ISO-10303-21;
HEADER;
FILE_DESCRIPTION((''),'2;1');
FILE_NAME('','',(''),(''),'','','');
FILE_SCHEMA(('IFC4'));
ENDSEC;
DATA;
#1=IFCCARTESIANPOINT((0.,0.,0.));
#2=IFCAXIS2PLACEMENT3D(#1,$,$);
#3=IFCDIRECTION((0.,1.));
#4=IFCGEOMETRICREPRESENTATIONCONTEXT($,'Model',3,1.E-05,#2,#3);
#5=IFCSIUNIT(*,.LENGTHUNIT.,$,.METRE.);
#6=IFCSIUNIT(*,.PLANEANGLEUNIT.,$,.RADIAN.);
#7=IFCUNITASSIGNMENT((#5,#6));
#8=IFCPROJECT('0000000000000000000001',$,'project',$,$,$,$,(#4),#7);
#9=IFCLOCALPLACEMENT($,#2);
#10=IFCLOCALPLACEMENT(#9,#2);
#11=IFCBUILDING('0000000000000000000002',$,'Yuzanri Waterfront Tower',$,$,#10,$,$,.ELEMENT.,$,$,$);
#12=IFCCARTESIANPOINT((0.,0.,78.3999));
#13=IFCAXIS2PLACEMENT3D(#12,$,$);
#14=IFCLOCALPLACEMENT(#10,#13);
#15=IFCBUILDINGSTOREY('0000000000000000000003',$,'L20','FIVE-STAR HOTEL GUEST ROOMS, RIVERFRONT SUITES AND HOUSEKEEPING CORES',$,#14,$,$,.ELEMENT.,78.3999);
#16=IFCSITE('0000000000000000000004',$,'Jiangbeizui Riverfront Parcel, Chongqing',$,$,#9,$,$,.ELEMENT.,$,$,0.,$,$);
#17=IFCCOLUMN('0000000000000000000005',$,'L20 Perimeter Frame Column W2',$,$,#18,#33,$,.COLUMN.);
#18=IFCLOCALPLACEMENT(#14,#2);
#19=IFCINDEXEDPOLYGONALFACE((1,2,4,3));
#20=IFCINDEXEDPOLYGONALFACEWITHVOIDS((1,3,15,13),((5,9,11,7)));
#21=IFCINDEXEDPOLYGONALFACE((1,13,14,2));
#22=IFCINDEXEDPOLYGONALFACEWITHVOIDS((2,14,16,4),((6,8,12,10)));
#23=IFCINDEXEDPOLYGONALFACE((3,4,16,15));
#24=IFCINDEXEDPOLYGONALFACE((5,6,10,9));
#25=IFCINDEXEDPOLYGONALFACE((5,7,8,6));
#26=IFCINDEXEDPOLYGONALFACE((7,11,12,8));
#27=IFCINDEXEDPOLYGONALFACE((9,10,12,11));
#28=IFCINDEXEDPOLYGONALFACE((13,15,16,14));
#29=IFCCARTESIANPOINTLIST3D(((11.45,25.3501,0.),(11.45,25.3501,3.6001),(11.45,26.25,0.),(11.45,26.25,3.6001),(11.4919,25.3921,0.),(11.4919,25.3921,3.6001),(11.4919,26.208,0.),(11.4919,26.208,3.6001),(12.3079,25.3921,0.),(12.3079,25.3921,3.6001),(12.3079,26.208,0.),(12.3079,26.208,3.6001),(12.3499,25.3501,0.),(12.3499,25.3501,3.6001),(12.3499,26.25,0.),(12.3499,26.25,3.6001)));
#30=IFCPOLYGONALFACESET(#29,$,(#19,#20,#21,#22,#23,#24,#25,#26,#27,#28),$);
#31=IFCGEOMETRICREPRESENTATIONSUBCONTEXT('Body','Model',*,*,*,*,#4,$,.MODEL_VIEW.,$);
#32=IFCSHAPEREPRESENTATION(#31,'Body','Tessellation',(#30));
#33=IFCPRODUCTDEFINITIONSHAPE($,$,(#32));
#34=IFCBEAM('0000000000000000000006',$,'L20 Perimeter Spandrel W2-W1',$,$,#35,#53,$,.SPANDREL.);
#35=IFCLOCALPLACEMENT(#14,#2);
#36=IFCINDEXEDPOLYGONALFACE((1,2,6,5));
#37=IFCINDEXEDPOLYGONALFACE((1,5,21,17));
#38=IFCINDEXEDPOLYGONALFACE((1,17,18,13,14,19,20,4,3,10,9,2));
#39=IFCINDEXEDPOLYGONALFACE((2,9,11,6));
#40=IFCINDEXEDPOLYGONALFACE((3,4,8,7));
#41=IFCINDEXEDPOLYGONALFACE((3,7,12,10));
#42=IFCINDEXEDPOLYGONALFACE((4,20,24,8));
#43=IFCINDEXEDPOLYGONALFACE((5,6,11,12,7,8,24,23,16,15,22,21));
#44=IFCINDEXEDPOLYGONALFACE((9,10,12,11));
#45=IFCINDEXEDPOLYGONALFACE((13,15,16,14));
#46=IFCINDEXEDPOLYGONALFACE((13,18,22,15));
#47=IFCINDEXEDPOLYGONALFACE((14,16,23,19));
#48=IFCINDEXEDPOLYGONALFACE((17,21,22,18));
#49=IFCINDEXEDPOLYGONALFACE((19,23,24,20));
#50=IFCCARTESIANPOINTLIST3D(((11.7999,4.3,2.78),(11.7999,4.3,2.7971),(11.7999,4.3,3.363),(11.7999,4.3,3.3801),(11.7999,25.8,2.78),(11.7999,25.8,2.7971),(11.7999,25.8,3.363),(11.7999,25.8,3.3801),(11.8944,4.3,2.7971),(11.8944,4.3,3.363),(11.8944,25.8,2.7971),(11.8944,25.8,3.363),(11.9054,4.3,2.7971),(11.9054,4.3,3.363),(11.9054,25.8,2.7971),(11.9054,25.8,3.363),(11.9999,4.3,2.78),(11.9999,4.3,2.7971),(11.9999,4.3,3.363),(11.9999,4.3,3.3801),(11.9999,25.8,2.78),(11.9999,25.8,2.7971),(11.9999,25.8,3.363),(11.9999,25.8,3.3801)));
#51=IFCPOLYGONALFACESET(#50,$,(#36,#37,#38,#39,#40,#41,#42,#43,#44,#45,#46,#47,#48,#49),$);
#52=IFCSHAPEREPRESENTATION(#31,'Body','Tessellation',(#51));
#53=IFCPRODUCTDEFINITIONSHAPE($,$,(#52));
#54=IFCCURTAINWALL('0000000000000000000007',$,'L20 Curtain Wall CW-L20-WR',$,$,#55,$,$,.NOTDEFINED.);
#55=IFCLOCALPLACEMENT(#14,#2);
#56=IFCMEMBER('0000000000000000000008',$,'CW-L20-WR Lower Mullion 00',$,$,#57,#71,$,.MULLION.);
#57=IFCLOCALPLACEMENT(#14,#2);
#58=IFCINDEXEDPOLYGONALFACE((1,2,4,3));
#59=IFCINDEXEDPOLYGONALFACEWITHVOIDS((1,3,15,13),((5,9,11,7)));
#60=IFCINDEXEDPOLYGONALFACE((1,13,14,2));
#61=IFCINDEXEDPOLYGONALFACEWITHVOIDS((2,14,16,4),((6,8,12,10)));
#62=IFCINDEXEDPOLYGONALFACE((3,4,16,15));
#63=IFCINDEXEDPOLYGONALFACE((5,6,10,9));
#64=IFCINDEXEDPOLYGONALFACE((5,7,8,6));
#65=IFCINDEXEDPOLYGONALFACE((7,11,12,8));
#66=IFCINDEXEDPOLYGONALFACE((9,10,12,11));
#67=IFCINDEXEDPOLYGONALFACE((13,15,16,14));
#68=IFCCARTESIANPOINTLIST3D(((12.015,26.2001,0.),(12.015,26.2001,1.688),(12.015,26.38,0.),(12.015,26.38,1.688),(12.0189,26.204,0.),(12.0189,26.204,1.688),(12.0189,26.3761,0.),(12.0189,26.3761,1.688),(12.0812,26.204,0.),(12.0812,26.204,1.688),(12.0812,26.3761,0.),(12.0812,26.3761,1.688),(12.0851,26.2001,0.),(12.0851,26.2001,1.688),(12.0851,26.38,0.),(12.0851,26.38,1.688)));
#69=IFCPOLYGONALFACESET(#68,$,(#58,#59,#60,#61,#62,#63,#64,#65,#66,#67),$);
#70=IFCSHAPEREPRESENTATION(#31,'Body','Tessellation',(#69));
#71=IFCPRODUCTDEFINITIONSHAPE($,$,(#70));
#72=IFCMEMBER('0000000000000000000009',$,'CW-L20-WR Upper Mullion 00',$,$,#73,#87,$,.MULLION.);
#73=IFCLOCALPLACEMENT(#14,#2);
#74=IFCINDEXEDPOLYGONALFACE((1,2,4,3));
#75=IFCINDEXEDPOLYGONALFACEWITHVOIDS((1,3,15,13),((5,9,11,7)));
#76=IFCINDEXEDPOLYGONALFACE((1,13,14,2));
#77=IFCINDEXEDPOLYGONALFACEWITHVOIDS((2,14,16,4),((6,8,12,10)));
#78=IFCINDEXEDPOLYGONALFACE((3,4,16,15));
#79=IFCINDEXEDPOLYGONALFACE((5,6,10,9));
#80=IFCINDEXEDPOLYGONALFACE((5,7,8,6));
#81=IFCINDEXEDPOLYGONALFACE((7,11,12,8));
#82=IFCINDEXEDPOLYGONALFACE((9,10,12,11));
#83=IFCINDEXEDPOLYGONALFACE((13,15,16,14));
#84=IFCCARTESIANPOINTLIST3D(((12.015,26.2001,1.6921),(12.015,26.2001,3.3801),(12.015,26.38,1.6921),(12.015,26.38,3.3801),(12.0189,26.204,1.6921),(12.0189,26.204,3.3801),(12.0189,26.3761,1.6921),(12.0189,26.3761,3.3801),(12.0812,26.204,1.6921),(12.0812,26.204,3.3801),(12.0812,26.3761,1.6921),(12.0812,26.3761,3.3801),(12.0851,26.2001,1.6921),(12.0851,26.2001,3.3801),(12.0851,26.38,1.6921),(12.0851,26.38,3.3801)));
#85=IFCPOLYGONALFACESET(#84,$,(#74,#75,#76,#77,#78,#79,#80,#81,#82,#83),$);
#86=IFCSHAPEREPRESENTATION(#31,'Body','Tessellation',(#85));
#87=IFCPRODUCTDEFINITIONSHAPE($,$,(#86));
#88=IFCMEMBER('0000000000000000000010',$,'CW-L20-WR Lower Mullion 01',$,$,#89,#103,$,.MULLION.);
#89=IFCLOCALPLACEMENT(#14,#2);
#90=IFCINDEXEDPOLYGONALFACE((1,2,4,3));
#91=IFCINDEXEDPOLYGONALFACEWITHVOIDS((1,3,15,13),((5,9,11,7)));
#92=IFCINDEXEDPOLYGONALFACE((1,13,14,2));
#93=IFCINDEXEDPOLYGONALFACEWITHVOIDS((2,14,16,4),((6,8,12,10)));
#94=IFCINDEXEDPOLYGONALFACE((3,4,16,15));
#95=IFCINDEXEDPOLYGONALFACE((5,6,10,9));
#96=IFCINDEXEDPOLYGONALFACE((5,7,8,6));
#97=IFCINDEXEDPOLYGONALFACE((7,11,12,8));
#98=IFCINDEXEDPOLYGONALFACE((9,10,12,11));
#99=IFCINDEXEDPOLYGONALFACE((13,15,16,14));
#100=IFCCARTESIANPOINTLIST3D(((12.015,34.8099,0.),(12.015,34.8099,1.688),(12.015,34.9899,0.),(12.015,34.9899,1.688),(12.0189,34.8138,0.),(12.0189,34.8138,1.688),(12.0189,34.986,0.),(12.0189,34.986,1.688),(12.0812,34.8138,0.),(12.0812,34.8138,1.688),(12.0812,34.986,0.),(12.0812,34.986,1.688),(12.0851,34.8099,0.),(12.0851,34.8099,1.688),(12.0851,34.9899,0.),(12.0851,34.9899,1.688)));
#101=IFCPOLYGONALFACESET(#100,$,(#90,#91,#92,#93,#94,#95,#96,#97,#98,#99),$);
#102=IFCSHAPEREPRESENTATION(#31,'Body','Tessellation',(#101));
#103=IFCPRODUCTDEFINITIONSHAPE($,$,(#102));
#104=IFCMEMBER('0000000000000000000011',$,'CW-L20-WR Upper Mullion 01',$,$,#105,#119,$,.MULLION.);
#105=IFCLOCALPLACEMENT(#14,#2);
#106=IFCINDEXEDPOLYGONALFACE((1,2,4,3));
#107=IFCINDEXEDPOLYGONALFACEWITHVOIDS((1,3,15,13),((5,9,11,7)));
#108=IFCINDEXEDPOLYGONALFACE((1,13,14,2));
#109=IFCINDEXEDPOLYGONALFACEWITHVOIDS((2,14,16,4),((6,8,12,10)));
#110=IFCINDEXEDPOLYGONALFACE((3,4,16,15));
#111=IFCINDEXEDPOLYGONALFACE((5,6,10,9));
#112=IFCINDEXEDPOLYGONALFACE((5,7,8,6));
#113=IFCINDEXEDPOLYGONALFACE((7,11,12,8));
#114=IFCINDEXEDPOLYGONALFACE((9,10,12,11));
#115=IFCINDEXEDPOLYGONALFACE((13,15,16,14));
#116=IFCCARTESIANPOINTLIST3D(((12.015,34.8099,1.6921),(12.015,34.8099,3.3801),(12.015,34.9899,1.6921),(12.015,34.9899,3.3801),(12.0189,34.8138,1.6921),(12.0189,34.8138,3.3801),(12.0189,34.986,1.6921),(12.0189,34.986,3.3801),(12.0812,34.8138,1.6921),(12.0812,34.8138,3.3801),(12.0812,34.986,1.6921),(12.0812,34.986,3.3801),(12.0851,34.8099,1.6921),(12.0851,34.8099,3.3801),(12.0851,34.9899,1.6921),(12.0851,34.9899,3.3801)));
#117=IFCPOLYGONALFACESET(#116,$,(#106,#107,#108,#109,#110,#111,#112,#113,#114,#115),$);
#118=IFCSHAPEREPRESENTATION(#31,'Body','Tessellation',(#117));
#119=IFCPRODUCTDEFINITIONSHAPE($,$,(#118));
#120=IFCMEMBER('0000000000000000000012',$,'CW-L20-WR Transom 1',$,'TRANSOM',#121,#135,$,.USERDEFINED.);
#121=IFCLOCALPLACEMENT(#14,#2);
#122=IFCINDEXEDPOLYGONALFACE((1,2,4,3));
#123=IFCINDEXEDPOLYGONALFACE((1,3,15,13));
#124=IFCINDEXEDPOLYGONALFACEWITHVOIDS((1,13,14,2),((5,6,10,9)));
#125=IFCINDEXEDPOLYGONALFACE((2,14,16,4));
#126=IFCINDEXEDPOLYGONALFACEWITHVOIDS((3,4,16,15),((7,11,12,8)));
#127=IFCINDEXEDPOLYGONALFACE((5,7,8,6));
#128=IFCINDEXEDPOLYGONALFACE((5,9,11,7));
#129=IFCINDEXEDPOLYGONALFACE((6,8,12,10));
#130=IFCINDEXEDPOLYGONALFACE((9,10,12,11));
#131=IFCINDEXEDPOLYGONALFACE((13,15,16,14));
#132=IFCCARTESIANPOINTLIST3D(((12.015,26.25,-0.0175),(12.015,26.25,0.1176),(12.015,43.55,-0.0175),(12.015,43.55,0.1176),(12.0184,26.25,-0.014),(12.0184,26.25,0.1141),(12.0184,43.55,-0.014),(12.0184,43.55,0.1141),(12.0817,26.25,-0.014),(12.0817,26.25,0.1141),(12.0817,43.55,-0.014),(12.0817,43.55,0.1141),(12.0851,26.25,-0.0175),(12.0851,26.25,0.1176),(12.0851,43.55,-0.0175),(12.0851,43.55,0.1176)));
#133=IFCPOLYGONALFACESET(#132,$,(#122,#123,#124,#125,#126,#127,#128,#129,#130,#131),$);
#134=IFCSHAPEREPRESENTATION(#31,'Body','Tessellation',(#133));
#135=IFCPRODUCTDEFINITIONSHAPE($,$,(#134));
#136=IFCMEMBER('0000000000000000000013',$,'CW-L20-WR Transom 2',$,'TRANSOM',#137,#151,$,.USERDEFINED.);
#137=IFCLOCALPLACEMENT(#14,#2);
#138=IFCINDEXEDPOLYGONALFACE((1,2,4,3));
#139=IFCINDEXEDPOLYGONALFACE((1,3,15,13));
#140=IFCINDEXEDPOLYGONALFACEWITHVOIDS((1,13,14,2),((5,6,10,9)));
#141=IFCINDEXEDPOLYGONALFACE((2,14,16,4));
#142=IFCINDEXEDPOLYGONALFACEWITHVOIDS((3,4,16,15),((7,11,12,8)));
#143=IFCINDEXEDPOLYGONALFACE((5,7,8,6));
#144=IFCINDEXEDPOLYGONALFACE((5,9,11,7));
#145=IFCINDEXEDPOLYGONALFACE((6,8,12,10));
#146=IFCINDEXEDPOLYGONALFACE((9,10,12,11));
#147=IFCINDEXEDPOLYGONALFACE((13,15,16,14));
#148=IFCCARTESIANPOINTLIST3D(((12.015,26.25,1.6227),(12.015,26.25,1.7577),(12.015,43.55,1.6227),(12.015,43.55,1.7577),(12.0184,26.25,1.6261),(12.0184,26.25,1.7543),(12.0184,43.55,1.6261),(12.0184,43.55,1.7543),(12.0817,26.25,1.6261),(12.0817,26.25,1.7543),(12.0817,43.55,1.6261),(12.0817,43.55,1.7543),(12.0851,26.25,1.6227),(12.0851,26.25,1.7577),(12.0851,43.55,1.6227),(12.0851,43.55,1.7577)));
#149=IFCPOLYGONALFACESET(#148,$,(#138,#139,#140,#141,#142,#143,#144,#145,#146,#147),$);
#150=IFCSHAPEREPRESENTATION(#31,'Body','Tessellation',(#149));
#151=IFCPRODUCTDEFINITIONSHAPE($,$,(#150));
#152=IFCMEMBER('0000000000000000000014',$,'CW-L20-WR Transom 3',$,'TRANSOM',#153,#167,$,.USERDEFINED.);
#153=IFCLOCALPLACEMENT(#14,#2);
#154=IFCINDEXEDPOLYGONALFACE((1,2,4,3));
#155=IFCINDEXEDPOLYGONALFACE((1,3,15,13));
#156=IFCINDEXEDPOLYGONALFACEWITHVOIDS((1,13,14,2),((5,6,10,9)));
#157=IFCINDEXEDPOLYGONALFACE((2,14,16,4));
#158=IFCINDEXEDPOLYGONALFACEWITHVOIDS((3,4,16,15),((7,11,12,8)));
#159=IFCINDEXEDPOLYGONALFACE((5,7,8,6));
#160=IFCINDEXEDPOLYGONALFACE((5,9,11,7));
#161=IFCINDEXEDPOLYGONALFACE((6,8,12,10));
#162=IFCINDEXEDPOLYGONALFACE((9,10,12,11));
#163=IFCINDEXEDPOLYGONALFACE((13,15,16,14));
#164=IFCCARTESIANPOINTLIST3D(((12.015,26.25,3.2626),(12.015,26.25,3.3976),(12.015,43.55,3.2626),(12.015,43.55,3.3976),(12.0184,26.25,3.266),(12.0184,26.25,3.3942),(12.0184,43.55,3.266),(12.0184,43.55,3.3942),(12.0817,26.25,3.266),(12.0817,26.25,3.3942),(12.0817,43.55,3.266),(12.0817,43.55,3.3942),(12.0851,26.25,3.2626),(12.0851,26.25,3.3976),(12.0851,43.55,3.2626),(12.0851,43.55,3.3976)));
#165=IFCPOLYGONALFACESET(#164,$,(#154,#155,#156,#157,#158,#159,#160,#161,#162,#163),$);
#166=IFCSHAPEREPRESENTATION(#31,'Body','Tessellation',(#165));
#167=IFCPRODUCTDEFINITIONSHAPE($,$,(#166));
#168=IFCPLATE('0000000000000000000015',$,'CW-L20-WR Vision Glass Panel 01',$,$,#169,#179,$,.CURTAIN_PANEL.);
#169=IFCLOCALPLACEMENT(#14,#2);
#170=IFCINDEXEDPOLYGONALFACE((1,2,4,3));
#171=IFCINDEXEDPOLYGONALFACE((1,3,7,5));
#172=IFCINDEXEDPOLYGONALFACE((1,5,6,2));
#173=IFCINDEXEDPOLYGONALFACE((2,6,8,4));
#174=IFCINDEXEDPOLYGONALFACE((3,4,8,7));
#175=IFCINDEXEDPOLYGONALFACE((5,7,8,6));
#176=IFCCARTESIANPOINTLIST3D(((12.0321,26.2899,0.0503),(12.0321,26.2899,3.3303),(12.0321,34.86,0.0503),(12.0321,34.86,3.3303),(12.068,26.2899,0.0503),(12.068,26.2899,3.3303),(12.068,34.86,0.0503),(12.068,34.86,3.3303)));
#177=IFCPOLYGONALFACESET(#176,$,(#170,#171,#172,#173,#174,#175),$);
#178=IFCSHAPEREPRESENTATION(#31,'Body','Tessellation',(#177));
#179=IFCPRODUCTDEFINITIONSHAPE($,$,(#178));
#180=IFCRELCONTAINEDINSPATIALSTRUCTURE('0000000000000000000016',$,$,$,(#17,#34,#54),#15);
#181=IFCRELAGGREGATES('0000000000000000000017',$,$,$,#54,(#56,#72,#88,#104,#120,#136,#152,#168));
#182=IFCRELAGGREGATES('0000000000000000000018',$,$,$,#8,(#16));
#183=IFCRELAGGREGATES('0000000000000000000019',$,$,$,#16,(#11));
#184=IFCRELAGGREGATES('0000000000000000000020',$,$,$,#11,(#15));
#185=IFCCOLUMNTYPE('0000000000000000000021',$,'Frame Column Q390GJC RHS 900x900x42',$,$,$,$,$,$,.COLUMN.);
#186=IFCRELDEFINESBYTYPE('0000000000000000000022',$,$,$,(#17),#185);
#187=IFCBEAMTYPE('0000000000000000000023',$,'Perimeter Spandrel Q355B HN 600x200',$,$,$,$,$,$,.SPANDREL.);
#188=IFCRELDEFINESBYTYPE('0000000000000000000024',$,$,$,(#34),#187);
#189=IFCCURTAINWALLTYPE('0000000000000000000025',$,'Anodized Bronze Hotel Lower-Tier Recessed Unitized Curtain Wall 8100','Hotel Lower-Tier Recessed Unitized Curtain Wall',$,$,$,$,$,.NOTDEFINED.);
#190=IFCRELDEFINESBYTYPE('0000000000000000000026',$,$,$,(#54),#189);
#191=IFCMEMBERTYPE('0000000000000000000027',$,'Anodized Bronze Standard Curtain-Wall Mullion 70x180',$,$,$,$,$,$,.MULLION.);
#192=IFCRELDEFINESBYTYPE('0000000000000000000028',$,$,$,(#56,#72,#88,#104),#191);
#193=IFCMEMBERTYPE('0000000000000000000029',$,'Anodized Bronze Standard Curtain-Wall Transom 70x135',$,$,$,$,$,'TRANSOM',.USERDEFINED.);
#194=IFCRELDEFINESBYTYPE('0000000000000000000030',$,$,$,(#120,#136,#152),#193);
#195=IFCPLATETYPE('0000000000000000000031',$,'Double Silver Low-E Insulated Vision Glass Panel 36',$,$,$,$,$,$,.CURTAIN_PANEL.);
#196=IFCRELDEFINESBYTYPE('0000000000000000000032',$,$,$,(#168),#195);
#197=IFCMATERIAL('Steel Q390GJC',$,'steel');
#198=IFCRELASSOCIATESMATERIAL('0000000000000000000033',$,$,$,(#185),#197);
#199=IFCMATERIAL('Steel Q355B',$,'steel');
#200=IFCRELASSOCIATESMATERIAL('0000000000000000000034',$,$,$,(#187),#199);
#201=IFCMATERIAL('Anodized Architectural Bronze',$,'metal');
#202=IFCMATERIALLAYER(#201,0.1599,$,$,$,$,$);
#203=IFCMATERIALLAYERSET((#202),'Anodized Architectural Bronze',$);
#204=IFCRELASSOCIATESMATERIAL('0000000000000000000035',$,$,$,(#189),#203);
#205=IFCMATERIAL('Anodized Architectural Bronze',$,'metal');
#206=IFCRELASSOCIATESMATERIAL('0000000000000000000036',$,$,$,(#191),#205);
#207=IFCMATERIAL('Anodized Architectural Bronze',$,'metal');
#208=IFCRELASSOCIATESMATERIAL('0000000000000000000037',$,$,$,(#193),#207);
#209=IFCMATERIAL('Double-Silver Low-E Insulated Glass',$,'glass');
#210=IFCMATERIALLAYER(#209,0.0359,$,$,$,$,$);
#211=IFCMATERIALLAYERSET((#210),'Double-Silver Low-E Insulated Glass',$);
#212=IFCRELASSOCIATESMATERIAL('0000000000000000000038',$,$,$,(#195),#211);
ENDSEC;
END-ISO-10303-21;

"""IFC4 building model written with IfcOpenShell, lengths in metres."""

from ifc_helpers import new_model, si_unit, direction, frame, origin, origin_2d, place, context, subcontext, project, spatial, rectangle, hollow_rectangle, i_section, extrude, source, transform, mapped, material, layer, layer_set, material_profile, profile_set, type_object, element, aggregate, save


model = new_model("IFC4")

# Units and contexts
model_context = context("Model", 3, precision=1e-05, world=origin(), true_north=direction((0.0, 1.0)))
body_context = subcontext(model_context, "Body", "Model", "MODEL_VIEW")
ifc_project = project(units=[si_unit("LENGTHUNIT", "METRE"), si_unit("PLANEANGLEUNIT", "RADIAN")], contexts=[model_context])

# Site, building, storey
site_placement = place(None, origin())
site = spatial("IfcSite", under=ifc_project, at=site_placement, Name="Jiangbeizui Riverfront Parcel, Chongqing", CompositionType="ELEMENT", RefElevation=0.0)
building_placement = place(site_placement, origin())
building = spatial("IfcBuilding", under=site, at=building_placement, Name="Yuzanri Waterfront Tower", CompositionType="ELEMENT")
storey_placement = place(building_placement, frame((0.0, 0.0, 78.3999)))
storey = spatial("IfcBuildingStorey", under=building, at=storey_placement, Name="L20", Description="FIVE-STAR HOTEL GUEST ROOMS, RIVERFRONT SUITES AND HOUSEKEEPING CORES", CompositionType="ELEMENT", Elevation=78.3999)

# Column
ifc_material_1 = material(Name="Steel Q390GJC", Category="steel")
ifc_material_profile_1 = material_profile(ifc_material_1, hollow_rectangle(XDim=0.8999, YDim=0.8999, WallThickness=0.042, at=origin_2d()), Name="RHS 900x900x42")
ifc_profile_set_1 = profile_set([ifc_material_profile_1], Name="Steel Q390GJC")
column_type = type_object("IfcColumnType", Name="Frame Column Q390GJC RHS 900x900x42", PredefinedType="COLUMN", material=ifc_profile_set_1)
shared_shape_1 = source(origin(), body_context, "Body", "SweptSolid", [
    extrude(hollow_rectangle(XDim=0.8999, YDim=0.8999, WallThickness=0.042, at=origin_2d()), origin(), (0.0, 0.0, 1.0), 3.6001),
])
column_placement = place(storey_placement, frame((11.8999, 25.8, 0.0), z_axis=(0.0, 0.0, 1.0), x_axis=(1.0, 0.0, 0.0)))
element("IfcColumn", 1, at=column_placement, inside=storey, type_object=column_type, Name="L20 Perimeter Frame Column W2", PredefinedType="COLUMN", context=body_context, shape_type="MappedRepresentation", body=[
    mapped(shared_shape_1, transform((0.0, 0.0, 0.0), scale=1.0)),
])

# Beam
ifc_material_2 = material(Name="Steel Q355B", Category="steel")
ifc_material_profile_2 = material_profile(ifc_material_2, i_section(OverallWidth=0.2, OverallDepth=0.6001, WebThickness=0.011, FlangeThickness=0.0171, at=origin_2d()), Name="HN 600x200x11x17")
ifc_profile_set_2 = profile_set([ifc_material_profile_2], Name="Steel Q355B")
beam_type = type_object("IfcBeamType", Name="Perimeter Spandrel Q355B HN 600x200", PredefinedType="SPANDREL", material=ifc_profile_set_2)
shared_shape_2 = source(origin(), body_context, "Body", "SweptSolid", [
    extrude(i_section(OverallWidth=0.2, OverallDepth=0.6001, WebThickness=0.011, FlangeThickness=0.0171, at=origin_2d()), origin(), (0.0, 0.0, 1.0), 21.5),
])
beam_placement = place(storey_placement, frame((11.8999, 25.8, 3.0801), z_axis=(0.0, -1.0, 0.0), x_axis=(1.0, 0.0, 0.0)))
element("IfcBeam", 2, at=beam_placement, inside=storey, type_object=beam_type, Name="L20 Perimeter Spandrel W2-W1", PredefinedType="SPANDREL", context=body_context, shape_type="MappedRepresentation", body=[
    mapped(shared_shape_2, transform((0.0, 0.0, 0.0), scale=1.0)),
])

# Curtain wall, members, plate
ifc_material_3 = material(Name="Anodized Architectural Bronze", Category="metal")
ifc_layer_1 = layer(ifc_material_3, 0.1599)
ifc_layer_set_1 = layer_set([ifc_layer_1], Name="Anodized Architectural Bronze")
curtain_wall_type = type_object("IfcCurtainWallType", Name="Anodized Bronze Hotel Lower-Tier Recessed Unitized Curtain Wall 8100", Description="Hotel Lower-Tier Recessed Unitized Curtain Wall", PredefinedType="NOTDEFINED", material=ifc_layer_set_1)
curtain_wall_placement = place(storey_placement, origin())
curtain_wall = element("IfcCurtainWall", 3, at=curtain_wall_placement, inside=storey, type_object=curtain_wall_type, Name="L20 Curtain Wall CW-L20-WR", PredefinedType="NOTDEFINED")
ifc_material_4 = material(Name="Anodized Architectural Bronze", Category="metal")
ifc_material_profile_3 = material_profile(ifc_material_4, hollow_rectangle(XDim=0.0701, YDim=0.1799, WallThickness=0.0039, at=origin_2d()), Name="CWM 70x180")
ifc_profile_set_3 = profile_set([ifc_material_profile_3], Name="Anodized Architectural Bronze")
member_type_1 = type_object("IfcMemberType", Name="Anodized Bronze Standard Curtain-Wall Mullion 70x180", PredefinedType="MULLION", material=ifc_profile_set_3)
shared_shape_3 = source(origin(), body_context, "Body", "SweptSolid", [
    extrude(hollow_rectangle(XDim=0.0701, YDim=0.1799, WallThickness=0.0039, at=origin_2d()), origin(), (0.0, 0.0, 1.0), 1.688),
])
member_1_placement = place(storey_placement, frame((12.05, 26.29, 0.0), z_axis=(0.0, 0.0, 1.0), x_axis=(1.0, 0.0, 0.0)))
member_1 = element("IfcMember", 4, at=member_1_placement, type_object=member_type_1, Name="CW-L20-WR Lower Mullion 00", PredefinedType="MULLION", context=body_context, shape_type="MappedRepresentation", body=[
    mapped(shared_shape_3, transform((0.0, 0.0, 0.0), scale=1.0)),
])
member_2_placement = place(storey_placement, frame((12.05, 26.29, 1.6921), z_axis=(0.0, 0.0, 1.0), x_axis=(1.0, 0.0, 0.0)))
member_2 = element("IfcMember", 5, at=member_2_placement, type_object=member_type_1, Name="CW-L20-WR Upper Mullion 00", PredefinedType="MULLION", context=body_context, shape_type="MappedRepresentation", body=[
    mapped(shared_shape_3, transform((0.0, 0.0, 0.0), scale=1.0)),
])
member_3_placement = place(storey_placement, frame((12.05, 34.8999, 0.0), z_axis=(0.0, 0.0, 1.0), x_axis=(1.0, 0.0, 0.0)))
member_3 = element("IfcMember", 6, at=member_3_placement, type_object=member_type_1, Name="CW-L20-WR Lower Mullion 01", PredefinedType="MULLION", context=body_context, shape_type="MappedRepresentation", body=[
    mapped(shared_shape_3, transform((0.0, 0.0, 0.0), scale=1.0)),
])
member_4_placement = place(storey_placement, frame((12.05, 34.8999, 1.6921), z_axis=(0.0, 0.0, 1.0), x_axis=(1.0, 0.0, 0.0)))
member_4 = element("IfcMember", 7, at=member_4_placement, type_object=member_type_1, Name="CW-L20-WR Upper Mullion 01", PredefinedType="MULLION", context=body_context, shape_type="MappedRepresentation", body=[
    mapped(shared_shape_3, transform((0.0, 0.0, 0.0), scale=1.0)),
])
ifc_material_5 = material(Name="Anodized Architectural Bronze", Category="metal")
ifc_material_profile_4 = material_profile(ifc_material_5, hollow_rectangle(XDim=0.0701, YDim=0.135, WallThickness=0.0034, at=origin_2d()), Name="CWT 70x135")
ifc_profile_set_4 = profile_set([ifc_material_profile_4], Name="Anodized Architectural Bronze")
member_type_2 = type_object("IfcMemberType", Name="Anodized Bronze Standard Curtain-Wall Transom 70x135", ElementType="TRANSOM", PredefinedType="USERDEFINED", material=ifc_profile_set_4)
shared_shape_4 = source(origin(), body_context, "Body", "SweptSolid", [
    extrude(hollow_rectangle(XDim=0.0701, YDim=0.135, WallThickness=0.0034, at=origin_2d()), origin(), (0.0, 0.0, 1.0), 17.3),
])
member_5_placement = place(storey_placement, frame((12.05, 26.25, 0.05), z_axis=(0.0, 1.0, 0.0), x_axis=(-1.0, 0.0, 0.0)))
member_5 = element("IfcMember", 8, at=member_5_placement, type_object=member_type_2, Name="CW-L20-WR Transom 1", ObjectType="TRANSOM", PredefinedType="USERDEFINED", context=body_context, shape_type="MappedRepresentation", body=[
    mapped(shared_shape_4, transform((0.0, 0.0, 0.0), scale=1.0)),
])
member_6_placement = place(storey_placement, frame((12.05, 26.25, 1.6902), z_axis=(0.0, 1.0, 0.0), x_axis=(-1.0, 0.0, 0.0)))
member_6 = element("IfcMember", 9, at=member_6_placement, type_object=member_type_2, Name="CW-L20-WR Transom 2", ObjectType="TRANSOM", PredefinedType="USERDEFINED", context=body_context, shape_type="MappedRepresentation", body=[
    mapped(shared_shape_4, transform((0.0, 0.0, 0.0), scale=1.0)),
])
member_7_placement = place(storey_placement, frame((12.05, 26.25, 3.3301), z_axis=(0.0, 1.0, 0.0), x_axis=(-1.0, 0.0, 0.0)))
member_7 = element("IfcMember", 10, at=member_7_placement, type_object=member_type_2, Name="CW-L20-WR Transom 3", ObjectType="TRANSOM", PredefinedType="USERDEFINED", context=body_context, shape_type="MappedRepresentation", body=[
    mapped(shared_shape_4, transform((0.0, 0.0, 0.0), scale=1.0)),
])
ifc_material_6 = material(Name="Double-Silver Low-E Insulated Glass", Category="glass")
ifc_layer_2 = layer(ifc_material_6, 0.0359)
ifc_layer_set_2 = layer_set([ifc_layer_2], Name="Double-Silver Low-E Insulated Glass")
plate_type = type_object("IfcPlateType", Name="Double Silver Low-E Insulated Vision Glass Panel 36", PredefinedType="CURTAIN_PANEL", material=ifc_layer_set_2)
shared_shape_5 = source(origin(), body_context, "Body", "SweptSolid", [
    extrude(rectangle(XDim=8.5701, YDim=0.0359, at=origin_2d()), origin(), (0.0, 0.0, 1.0), 3.28),
])
plate_placement = place(storey_placement, frame((12.05, 30.575, 0.0503), z_axis=(0.0, 0.0, 1.0), x_axis=(0.0, 1.0, 0.0)))
plate = element("IfcPlate", 11, at=plate_placement, type_object=plate_type, Name="CW-L20-WR Vision Glass Panel 01", PredefinedType="CURTAIN_PANEL", context=body_context, shape_type="MappedRepresentation", body=[
    mapped(shared_shape_5, transform((0.0, 0.0, 0.0), scale=1.0)),
])
aggregate(curtain_wall, [member_1, member_2, member_3, member_4, member_5, member_6, member_7, plate])

save(model, "model.ifc")
